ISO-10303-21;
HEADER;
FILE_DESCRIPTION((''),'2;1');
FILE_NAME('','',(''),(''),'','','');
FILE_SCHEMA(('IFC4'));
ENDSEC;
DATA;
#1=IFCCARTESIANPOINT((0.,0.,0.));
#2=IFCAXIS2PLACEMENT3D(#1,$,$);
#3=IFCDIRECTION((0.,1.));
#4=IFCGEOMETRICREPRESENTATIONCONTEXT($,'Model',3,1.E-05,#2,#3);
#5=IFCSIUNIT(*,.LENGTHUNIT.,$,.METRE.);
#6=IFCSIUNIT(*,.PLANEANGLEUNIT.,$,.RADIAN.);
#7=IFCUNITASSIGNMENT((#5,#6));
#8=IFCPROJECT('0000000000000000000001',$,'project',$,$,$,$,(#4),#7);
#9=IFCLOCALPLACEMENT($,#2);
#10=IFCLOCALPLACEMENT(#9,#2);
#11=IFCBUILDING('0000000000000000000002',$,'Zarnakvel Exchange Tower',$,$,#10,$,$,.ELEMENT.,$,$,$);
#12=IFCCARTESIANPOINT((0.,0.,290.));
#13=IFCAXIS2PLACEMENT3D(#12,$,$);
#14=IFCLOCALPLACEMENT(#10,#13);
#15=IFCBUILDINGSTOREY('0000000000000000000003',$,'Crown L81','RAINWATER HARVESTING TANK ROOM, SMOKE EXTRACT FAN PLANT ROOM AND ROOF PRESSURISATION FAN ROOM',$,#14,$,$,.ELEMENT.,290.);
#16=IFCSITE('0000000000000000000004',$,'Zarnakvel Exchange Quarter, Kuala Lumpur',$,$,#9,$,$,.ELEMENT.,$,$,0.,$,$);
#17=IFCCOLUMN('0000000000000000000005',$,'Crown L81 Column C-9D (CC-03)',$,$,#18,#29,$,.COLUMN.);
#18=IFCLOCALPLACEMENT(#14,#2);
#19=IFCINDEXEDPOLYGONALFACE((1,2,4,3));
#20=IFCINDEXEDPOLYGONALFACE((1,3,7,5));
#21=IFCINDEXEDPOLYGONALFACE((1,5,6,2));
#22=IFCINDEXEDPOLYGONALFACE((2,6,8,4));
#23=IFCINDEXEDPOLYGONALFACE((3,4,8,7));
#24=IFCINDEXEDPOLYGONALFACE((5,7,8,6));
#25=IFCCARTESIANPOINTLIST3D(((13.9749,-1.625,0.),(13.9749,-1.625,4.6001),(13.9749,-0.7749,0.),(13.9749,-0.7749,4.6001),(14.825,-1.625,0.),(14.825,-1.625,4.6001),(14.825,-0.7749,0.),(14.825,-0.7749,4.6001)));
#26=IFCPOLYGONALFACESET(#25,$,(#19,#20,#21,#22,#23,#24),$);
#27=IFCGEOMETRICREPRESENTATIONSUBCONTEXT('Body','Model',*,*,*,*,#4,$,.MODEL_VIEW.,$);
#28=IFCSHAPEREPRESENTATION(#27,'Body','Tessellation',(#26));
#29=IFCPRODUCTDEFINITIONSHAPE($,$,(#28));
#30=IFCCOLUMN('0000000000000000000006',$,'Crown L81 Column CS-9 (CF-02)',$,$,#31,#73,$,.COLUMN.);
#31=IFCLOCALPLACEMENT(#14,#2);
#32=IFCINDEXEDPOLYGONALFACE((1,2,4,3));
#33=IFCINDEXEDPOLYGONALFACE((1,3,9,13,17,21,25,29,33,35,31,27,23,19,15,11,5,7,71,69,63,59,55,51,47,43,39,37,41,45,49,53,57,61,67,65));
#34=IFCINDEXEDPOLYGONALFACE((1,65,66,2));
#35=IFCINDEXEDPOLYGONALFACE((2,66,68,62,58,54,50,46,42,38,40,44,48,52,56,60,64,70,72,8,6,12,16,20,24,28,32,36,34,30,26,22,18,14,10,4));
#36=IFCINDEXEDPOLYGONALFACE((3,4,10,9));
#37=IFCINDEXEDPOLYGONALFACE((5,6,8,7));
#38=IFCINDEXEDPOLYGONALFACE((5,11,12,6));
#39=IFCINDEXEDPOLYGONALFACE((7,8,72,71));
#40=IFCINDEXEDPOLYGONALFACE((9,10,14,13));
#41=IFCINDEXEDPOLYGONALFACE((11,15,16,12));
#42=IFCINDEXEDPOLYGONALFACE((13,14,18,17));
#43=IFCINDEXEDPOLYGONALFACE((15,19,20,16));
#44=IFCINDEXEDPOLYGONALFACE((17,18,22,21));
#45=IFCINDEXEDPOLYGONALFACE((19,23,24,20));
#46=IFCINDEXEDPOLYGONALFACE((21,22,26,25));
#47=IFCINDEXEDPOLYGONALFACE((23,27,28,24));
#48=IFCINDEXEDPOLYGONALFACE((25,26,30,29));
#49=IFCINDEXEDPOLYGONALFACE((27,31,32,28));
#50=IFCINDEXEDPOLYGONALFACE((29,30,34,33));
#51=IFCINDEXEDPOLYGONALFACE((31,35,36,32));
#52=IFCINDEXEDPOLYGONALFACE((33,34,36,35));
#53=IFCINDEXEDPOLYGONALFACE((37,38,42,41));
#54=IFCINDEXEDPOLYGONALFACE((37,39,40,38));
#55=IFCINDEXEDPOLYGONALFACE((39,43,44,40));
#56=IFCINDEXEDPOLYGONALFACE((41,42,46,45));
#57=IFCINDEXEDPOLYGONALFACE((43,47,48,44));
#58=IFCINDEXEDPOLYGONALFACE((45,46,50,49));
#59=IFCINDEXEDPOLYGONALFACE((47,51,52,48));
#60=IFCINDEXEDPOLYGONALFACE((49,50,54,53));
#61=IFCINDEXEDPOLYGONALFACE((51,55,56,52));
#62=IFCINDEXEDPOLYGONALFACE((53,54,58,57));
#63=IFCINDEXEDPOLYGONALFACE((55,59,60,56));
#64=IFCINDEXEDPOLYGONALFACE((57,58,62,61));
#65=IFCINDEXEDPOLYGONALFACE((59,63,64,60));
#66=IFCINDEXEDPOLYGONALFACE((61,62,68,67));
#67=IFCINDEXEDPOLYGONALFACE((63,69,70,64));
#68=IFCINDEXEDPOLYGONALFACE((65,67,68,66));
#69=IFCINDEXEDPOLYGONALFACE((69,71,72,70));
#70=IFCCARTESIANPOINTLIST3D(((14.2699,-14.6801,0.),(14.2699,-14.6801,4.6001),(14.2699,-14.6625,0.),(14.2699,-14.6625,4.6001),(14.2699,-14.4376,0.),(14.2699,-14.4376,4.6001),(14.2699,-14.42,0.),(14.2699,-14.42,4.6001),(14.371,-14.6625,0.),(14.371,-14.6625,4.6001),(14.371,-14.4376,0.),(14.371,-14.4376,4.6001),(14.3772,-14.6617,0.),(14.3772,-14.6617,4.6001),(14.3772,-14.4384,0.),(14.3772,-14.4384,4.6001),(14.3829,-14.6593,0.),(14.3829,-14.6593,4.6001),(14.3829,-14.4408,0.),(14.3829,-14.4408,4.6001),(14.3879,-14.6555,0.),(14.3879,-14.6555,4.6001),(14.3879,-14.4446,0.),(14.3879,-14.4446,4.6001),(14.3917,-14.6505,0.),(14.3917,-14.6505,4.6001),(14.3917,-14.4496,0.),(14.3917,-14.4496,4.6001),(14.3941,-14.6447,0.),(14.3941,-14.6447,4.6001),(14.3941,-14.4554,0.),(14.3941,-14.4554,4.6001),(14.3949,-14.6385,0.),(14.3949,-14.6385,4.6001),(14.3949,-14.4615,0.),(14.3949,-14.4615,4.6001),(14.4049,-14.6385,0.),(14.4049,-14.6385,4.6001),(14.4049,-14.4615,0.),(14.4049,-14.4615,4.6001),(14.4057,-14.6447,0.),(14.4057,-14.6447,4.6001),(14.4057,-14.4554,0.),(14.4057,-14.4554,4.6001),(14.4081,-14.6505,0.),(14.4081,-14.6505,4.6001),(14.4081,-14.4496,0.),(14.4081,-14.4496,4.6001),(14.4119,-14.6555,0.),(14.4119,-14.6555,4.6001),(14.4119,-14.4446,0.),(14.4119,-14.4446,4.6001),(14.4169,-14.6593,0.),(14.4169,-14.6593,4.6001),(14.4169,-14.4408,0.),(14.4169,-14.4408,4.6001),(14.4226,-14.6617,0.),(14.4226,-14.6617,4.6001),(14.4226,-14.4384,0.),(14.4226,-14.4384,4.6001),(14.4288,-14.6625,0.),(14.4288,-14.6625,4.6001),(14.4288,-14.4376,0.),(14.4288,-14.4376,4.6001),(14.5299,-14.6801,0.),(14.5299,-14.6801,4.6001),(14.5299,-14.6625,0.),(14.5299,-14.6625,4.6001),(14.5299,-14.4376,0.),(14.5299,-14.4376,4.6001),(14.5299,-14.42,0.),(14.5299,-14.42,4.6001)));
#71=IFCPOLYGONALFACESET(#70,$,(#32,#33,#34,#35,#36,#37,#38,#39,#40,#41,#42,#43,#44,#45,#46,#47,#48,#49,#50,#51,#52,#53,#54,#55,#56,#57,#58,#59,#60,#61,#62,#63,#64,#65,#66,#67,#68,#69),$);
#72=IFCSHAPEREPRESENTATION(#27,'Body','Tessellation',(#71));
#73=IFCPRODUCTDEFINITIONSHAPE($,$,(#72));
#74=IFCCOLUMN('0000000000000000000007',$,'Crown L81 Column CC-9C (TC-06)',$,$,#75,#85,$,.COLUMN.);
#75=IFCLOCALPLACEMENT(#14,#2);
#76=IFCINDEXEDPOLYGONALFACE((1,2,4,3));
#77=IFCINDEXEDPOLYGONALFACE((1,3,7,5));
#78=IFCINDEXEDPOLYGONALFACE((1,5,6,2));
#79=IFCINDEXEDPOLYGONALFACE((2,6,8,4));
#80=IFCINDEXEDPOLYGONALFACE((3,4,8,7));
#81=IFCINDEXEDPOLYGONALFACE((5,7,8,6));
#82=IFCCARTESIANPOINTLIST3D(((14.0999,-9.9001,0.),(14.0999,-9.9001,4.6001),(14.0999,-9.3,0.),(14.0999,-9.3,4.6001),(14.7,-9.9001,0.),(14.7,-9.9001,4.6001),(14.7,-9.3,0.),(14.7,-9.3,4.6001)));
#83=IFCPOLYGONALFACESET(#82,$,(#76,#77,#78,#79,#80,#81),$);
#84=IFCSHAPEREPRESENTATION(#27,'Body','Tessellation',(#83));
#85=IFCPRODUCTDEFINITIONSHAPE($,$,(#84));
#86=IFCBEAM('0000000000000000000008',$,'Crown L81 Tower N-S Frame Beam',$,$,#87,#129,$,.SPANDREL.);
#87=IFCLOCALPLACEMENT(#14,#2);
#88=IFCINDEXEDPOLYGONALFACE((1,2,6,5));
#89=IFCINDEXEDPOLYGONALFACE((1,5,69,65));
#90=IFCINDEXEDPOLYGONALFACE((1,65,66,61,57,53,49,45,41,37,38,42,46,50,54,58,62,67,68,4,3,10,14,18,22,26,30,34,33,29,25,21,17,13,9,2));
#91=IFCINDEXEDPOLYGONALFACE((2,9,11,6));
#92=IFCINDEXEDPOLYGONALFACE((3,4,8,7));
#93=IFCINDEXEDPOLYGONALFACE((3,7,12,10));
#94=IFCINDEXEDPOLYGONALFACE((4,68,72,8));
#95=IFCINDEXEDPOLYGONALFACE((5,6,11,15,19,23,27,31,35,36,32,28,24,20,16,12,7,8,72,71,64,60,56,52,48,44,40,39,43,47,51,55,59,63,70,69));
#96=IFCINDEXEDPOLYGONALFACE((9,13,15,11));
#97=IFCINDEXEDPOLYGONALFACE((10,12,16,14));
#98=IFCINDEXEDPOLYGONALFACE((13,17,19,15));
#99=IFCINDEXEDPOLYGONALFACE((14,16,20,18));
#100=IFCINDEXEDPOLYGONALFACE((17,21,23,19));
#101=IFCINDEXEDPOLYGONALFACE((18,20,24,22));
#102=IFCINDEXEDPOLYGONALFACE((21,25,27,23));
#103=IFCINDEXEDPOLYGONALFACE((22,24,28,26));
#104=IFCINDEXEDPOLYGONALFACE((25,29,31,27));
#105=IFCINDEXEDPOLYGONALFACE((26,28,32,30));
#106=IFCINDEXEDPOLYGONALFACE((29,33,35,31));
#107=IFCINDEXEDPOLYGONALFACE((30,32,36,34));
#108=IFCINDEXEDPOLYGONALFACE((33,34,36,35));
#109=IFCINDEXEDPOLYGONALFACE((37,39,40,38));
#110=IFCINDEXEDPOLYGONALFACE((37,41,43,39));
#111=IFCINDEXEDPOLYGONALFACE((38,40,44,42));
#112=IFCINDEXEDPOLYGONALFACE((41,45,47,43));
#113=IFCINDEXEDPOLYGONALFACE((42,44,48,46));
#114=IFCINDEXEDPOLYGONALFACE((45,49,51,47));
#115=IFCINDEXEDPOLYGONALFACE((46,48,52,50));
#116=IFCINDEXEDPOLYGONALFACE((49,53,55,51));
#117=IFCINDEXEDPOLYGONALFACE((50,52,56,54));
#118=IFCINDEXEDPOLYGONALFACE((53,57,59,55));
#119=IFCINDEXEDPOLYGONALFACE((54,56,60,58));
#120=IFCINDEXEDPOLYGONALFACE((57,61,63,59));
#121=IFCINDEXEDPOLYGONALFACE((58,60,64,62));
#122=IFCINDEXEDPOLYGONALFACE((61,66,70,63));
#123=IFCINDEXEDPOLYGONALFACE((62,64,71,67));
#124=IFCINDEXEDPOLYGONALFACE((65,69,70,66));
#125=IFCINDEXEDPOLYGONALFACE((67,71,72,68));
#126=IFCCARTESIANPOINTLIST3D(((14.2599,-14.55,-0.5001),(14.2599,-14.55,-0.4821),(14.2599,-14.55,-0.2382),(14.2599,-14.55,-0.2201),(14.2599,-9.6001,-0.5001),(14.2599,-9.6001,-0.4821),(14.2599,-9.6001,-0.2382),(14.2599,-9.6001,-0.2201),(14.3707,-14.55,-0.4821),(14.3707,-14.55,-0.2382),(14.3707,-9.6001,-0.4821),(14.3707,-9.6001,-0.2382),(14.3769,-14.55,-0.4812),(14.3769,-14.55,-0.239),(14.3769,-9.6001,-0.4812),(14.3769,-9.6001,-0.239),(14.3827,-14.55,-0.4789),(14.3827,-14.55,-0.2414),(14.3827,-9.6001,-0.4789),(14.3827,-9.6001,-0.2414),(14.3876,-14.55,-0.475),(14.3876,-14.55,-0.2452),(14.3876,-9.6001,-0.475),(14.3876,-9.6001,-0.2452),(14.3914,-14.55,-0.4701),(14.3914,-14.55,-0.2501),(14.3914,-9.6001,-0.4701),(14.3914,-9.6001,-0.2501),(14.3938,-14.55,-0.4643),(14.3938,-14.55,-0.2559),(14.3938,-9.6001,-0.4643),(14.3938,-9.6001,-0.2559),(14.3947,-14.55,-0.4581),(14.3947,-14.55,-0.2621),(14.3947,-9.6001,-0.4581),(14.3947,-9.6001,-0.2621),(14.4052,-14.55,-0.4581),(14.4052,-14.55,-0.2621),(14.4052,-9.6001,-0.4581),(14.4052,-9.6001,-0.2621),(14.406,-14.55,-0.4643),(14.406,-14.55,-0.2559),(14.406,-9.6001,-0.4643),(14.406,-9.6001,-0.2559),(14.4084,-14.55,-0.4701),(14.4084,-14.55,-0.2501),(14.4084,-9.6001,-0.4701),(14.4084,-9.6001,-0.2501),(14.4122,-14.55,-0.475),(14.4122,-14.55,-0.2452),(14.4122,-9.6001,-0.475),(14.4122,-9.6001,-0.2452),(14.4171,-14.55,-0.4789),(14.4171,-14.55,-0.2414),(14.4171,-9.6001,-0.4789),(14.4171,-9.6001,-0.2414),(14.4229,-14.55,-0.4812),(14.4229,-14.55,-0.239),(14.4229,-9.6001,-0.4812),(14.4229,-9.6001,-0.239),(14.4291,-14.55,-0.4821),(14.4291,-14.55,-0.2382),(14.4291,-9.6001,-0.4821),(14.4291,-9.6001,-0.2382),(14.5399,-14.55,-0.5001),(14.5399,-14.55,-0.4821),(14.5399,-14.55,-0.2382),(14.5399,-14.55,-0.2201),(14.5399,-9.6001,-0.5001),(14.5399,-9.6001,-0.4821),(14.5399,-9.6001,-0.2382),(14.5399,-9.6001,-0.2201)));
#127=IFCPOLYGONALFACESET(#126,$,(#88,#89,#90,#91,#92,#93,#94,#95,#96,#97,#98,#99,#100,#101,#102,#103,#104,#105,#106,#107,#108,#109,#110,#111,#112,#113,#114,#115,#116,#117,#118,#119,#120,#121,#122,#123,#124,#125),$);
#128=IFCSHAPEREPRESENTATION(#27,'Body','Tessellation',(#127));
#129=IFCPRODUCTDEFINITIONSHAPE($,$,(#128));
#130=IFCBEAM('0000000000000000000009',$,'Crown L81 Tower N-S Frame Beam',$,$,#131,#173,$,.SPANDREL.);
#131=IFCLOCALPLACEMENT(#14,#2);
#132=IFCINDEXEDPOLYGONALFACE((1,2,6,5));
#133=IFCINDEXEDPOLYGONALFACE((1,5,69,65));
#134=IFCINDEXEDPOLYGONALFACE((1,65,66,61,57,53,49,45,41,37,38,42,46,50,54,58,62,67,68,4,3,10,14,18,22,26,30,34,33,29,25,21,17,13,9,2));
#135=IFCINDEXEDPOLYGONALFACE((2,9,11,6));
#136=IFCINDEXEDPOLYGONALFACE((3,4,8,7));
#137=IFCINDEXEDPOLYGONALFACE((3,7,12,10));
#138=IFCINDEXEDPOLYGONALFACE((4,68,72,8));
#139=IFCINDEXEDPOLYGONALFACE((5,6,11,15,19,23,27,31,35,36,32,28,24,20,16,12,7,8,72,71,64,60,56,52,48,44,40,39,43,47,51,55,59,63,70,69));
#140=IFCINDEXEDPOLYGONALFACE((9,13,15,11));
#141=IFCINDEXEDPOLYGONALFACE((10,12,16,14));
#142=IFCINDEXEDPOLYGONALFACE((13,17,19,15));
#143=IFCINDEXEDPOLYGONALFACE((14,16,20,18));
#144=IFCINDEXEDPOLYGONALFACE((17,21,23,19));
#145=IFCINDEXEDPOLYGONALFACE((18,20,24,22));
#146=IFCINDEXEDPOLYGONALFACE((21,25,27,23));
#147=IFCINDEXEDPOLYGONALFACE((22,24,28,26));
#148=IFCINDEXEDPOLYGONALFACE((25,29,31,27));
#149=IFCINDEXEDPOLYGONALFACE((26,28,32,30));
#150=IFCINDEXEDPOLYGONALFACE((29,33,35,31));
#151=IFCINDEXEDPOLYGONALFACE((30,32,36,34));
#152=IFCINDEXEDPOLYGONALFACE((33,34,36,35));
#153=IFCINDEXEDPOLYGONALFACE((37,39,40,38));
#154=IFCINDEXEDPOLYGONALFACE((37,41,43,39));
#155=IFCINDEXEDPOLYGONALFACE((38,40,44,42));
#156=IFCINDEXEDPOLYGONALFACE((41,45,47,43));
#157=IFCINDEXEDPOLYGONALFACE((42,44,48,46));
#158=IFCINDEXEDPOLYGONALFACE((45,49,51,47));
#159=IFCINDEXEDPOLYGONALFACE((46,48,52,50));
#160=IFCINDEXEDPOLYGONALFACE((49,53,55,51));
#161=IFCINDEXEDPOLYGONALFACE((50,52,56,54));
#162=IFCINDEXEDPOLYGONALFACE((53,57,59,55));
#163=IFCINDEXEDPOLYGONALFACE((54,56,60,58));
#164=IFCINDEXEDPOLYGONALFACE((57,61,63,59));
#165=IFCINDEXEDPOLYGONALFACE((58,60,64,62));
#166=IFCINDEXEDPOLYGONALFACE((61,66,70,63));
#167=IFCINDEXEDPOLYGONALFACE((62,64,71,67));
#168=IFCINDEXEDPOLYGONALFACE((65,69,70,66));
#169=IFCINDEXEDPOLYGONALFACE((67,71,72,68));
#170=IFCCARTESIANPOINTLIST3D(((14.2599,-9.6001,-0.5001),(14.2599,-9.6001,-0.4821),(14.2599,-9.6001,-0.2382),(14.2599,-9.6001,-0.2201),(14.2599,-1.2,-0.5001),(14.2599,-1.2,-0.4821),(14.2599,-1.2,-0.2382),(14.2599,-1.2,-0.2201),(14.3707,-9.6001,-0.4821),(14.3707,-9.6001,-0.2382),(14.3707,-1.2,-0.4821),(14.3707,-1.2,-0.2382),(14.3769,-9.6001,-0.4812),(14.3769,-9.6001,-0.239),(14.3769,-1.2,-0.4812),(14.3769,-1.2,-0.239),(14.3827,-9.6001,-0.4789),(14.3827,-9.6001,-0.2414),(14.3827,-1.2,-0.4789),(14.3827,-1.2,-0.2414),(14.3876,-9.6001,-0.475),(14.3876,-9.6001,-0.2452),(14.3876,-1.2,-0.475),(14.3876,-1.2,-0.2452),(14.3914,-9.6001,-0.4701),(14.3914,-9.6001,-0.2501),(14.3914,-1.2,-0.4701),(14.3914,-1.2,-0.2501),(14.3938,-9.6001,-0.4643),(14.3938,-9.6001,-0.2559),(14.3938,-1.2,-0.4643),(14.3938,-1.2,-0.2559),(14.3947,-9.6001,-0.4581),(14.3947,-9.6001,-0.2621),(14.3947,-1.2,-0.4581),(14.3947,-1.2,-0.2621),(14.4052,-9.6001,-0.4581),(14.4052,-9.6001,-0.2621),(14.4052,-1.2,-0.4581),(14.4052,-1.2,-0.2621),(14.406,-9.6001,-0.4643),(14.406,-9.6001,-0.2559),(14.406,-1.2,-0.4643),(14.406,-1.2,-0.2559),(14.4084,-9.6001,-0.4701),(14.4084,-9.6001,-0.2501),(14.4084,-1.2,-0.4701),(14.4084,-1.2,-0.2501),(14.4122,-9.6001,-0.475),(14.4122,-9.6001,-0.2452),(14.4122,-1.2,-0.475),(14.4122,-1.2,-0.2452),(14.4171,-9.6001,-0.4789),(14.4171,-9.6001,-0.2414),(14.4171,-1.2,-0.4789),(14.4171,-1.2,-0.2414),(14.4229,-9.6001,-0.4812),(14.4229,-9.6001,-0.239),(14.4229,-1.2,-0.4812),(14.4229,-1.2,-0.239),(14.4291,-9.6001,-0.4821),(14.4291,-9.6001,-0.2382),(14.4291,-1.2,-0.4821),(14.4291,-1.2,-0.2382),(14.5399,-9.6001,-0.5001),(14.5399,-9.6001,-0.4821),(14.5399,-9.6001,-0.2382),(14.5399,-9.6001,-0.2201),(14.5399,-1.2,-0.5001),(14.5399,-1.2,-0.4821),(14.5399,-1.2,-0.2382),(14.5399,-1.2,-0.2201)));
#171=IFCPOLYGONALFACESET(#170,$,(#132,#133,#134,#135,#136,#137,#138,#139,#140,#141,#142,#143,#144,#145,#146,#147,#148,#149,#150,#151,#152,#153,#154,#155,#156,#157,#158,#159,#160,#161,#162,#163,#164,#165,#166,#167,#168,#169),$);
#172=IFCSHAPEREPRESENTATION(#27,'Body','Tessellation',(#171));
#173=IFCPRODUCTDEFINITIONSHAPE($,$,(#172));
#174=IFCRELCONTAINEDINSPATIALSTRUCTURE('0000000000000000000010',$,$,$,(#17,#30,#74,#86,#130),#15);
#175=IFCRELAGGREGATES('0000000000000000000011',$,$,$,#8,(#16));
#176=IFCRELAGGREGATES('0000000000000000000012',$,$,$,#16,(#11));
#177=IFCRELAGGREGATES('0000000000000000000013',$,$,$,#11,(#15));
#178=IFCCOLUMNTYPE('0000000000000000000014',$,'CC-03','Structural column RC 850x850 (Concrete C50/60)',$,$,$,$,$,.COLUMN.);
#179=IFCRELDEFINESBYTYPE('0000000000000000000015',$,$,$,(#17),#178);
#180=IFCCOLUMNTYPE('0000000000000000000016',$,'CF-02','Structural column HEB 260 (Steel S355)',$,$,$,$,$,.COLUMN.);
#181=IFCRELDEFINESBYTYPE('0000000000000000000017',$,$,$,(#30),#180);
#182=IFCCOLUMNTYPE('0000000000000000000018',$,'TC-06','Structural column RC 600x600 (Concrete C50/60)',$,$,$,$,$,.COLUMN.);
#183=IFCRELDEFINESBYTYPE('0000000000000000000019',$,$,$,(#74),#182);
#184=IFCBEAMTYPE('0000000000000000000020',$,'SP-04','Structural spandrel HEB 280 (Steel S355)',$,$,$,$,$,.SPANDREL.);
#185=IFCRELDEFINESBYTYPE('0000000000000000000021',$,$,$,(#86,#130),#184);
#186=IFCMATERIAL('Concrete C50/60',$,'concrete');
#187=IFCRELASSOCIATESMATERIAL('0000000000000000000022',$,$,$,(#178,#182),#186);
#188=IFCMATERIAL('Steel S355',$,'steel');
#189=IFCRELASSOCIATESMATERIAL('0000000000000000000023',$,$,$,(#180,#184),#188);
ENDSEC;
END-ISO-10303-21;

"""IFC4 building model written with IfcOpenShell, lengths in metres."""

from ifc_helpers import new_model, si_unit, direction, frame, origin, origin_2d, place, context, subcontext, project, spatial, rectangle, i_section, extrude, material, material_profile, profile_set, type_object, element, save


model = new_model("IFC4")

# Units and contexts
model_context = context("Model", 3, precision=1e-05, world=origin(), true_north=direction((0.0, 1.0)))
body_context = subcontext(model_context, "Body", "Model", "MODEL_VIEW")
ifc_project = project(units=[si_unit("LENGTHUNIT", "METRE"), si_unit("PLANEANGLEUNIT", "RADIAN")], contexts=[model_context])

# Site, building, storey
site_placement = place(None, origin())
site = spatial("IfcSite", under=ifc_project, at=site_placement, Name="Zarnakvel Exchange Quarter, Kuala Lumpur", CompositionType="ELEMENT", RefElevation=0.0)
building_placement = place(site_placement, origin())
building = spatial("IfcBuilding", under=site, at=building_placement, Name="Zarnakvel Exchange Tower", CompositionType="ELEMENT")
storey_placement = place(building_placement, frame((0.0, 0.0, 290.0)))
storey = spatial("IfcBuildingStorey", under=building, at=storey_placement, Name="Crown L81", Description="RAINWATER HARVESTING TANK ROOM, SMOKE EXTRACT FAN PLANT ROOM AND ROOF PRESSURISATION FAN ROOM", CompositionType="ELEMENT", Elevation=290.0)

# Columns
ifc_material_1 = material(Name="Concrete C50/60", Category="concrete")
ifc_material_profile_1 = material_profile(ifc_material_1, rectangle(XDim=0.8501, YDim=0.8501, at=origin_2d()))
ifc_profile_set_1 = profile_set([ifc_material_profile_1], Name="Concrete C50/60")
column_type_1 = type_object("IfcColumnType", Name="CC-03", Description="Structural column RC 850x850 (Concrete C50/60)", PredefinedType="COLUMN", material=ifc_profile_set_1)
column_1_placement = place(storey_placement, frame((14.3999, -1.2, 0.0), z_axis=(0.0, 0.0, 1.0), x_axis=(1.0, 0.0, 0.0)))
element("IfcColumn", 1, at=column_1_placement, inside=storey, type_object=column_type_1, Name="Crown L81 Column C-9D (CC-03)", PredefinedType="COLUMN", context=body_context, shape_type="SweptSolid", body=[
    extrude(rectangle(XDim=0.8501, YDim=0.8501, at=origin_2d()), origin(), (0.0, 0.0, 1.0), 4.6001),
])
ifc_material_2 = material(Name="Steel S355", Category="steel")
ifc_material_profile_2 = material_profile(ifc_material_2, i_section(OverallWidth=0.26, OverallDepth=0.26, WebThickness=0.01, FlangeThickness=0.0176, FilletRadius=0.0239, at=origin_2d()))
ifc_profile_set_2 = profile_set([ifc_material_profile_2], Name="Steel S355")
column_type_2 = type_object("IfcColumnType", Name="CF-02", Description="Structural column HEB 260 (Steel S355)", PredefinedType="COLUMN", material=ifc_profile_set_2)
column_2_placement = place(storey_placement, frame((14.3999, -14.55, 0.0), z_axis=(0.0, 0.0, 1.0), x_axis=(1.0, 0.0, 0.0)))
element("IfcColumn", 2, at=column_2_placement, inside=storey, type_object=column_type_2, Name="Crown L81 Column CS-9 (CF-02)", PredefinedType="COLUMN", context=body_context, shape_type="SweptSolid", body=[
    extrude(i_section(OverallWidth=0.26, OverallDepth=0.26, WebThickness=0.01, FlangeThickness=0.0176, FilletRadius=0.0239, at=origin_2d()), origin(), (0.0, 0.0, 1.0), 4.6001),
])
ifc_material_profile_3 = material_profile(ifc_material_1, rectangle(XDim=0.6001, YDim=0.6001, at=origin_2d()))
ifc_profile_set_3 = profile_set([ifc_material_profile_3], Name="Concrete C50/60")
column_type_3 = type_object("IfcColumnType", Name="TC-06", Description="Structural column RC 600x600 (Concrete C50/60)", PredefinedType="COLUMN", material=ifc_profile_set_3)
column_3_placement = place(storey_placement, frame((14.3999, -9.6001, 0.0), z_axis=(0.0, 0.0, 1.0), x_axis=(1.0, 0.0, 0.0)))
element("IfcColumn", 3, at=column_3_placement, inside=storey, type_object=column_type_3, Name="Crown L81 Column CC-9C (TC-06)", PredefinedType="COLUMN", context=body_context, shape_type="SweptSolid", body=[
    extrude(rectangle(XDim=0.6001, YDim=0.6001, at=origin_2d()), origin(), (0.0, 0.0, 1.0), 4.6001),
])

# Beams
ifc_material_profile_4 = material_profile(ifc_material_2, i_section(OverallWidth=0.28, OverallDepth=0.28, WebThickness=0.0105, FlangeThickness=0.0181, FilletRadius=0.0239, at=origin_2d()))
ifc_profile_set_4 = profile_set([ifc_material_profile_4], Name="Steel S355")
beam_type = type_object("IfcBeamType", Name="SP-04", Description="Structural spandrel HEB 280 (Steel S355)", PredefinedType="SPANDREL", material=ifc_profile_set_4)
beam_1_placement = place(storey_placement, frame((14.3999, -14.55, -0.3601), z_axis=(0.0, 1.0, 0.0), x_axis=(-1.0, 0.0, 0.0)))
element("IfcBeam", 4, at=beam_1_placement, inside=storey, type_object=beam_type, Name="Crown L81 Tower N-S Frame Beam", PredefinedType="SPANDREL", context=body_context, shape_type="SweptSolid", body=[
    extrude(i_section(OverallWidth=0.28, OverallDepth=0.28, WebThickness=0.0105, FlangeThickness=0.0181, FilletRadius=0.0239, at=origin_2d()), origin(), (0.0, 0.0, 1.0), 4.95),
])
beam_2_placement = place(storey_placement, frame((14.3999, -9.6001, -0.3601), z_axis=(0.0, 1.0, 0.0), x_axis=(-1.0, 0.0, 0.0)))
element("IfcBeam", 5, at=beam_2_placement, inside=storey, type_object=beam_type, Name="Crown L81 Tower N-S Frame Beam", PredefinedType="SPANDREL", context=body_context, shape_type="SweptSolid", body=[
    extrude(i_section(OverallWidth=0.28, OverallDepth=0.28, WebThickness=0.0105, FlangeThickness=0.0181, FilletRadius=0.0239, at=origin_2d()), origin(), (0.0, 0.0, 1.0), 8.4001),
])

save(model, "model.ifc")
